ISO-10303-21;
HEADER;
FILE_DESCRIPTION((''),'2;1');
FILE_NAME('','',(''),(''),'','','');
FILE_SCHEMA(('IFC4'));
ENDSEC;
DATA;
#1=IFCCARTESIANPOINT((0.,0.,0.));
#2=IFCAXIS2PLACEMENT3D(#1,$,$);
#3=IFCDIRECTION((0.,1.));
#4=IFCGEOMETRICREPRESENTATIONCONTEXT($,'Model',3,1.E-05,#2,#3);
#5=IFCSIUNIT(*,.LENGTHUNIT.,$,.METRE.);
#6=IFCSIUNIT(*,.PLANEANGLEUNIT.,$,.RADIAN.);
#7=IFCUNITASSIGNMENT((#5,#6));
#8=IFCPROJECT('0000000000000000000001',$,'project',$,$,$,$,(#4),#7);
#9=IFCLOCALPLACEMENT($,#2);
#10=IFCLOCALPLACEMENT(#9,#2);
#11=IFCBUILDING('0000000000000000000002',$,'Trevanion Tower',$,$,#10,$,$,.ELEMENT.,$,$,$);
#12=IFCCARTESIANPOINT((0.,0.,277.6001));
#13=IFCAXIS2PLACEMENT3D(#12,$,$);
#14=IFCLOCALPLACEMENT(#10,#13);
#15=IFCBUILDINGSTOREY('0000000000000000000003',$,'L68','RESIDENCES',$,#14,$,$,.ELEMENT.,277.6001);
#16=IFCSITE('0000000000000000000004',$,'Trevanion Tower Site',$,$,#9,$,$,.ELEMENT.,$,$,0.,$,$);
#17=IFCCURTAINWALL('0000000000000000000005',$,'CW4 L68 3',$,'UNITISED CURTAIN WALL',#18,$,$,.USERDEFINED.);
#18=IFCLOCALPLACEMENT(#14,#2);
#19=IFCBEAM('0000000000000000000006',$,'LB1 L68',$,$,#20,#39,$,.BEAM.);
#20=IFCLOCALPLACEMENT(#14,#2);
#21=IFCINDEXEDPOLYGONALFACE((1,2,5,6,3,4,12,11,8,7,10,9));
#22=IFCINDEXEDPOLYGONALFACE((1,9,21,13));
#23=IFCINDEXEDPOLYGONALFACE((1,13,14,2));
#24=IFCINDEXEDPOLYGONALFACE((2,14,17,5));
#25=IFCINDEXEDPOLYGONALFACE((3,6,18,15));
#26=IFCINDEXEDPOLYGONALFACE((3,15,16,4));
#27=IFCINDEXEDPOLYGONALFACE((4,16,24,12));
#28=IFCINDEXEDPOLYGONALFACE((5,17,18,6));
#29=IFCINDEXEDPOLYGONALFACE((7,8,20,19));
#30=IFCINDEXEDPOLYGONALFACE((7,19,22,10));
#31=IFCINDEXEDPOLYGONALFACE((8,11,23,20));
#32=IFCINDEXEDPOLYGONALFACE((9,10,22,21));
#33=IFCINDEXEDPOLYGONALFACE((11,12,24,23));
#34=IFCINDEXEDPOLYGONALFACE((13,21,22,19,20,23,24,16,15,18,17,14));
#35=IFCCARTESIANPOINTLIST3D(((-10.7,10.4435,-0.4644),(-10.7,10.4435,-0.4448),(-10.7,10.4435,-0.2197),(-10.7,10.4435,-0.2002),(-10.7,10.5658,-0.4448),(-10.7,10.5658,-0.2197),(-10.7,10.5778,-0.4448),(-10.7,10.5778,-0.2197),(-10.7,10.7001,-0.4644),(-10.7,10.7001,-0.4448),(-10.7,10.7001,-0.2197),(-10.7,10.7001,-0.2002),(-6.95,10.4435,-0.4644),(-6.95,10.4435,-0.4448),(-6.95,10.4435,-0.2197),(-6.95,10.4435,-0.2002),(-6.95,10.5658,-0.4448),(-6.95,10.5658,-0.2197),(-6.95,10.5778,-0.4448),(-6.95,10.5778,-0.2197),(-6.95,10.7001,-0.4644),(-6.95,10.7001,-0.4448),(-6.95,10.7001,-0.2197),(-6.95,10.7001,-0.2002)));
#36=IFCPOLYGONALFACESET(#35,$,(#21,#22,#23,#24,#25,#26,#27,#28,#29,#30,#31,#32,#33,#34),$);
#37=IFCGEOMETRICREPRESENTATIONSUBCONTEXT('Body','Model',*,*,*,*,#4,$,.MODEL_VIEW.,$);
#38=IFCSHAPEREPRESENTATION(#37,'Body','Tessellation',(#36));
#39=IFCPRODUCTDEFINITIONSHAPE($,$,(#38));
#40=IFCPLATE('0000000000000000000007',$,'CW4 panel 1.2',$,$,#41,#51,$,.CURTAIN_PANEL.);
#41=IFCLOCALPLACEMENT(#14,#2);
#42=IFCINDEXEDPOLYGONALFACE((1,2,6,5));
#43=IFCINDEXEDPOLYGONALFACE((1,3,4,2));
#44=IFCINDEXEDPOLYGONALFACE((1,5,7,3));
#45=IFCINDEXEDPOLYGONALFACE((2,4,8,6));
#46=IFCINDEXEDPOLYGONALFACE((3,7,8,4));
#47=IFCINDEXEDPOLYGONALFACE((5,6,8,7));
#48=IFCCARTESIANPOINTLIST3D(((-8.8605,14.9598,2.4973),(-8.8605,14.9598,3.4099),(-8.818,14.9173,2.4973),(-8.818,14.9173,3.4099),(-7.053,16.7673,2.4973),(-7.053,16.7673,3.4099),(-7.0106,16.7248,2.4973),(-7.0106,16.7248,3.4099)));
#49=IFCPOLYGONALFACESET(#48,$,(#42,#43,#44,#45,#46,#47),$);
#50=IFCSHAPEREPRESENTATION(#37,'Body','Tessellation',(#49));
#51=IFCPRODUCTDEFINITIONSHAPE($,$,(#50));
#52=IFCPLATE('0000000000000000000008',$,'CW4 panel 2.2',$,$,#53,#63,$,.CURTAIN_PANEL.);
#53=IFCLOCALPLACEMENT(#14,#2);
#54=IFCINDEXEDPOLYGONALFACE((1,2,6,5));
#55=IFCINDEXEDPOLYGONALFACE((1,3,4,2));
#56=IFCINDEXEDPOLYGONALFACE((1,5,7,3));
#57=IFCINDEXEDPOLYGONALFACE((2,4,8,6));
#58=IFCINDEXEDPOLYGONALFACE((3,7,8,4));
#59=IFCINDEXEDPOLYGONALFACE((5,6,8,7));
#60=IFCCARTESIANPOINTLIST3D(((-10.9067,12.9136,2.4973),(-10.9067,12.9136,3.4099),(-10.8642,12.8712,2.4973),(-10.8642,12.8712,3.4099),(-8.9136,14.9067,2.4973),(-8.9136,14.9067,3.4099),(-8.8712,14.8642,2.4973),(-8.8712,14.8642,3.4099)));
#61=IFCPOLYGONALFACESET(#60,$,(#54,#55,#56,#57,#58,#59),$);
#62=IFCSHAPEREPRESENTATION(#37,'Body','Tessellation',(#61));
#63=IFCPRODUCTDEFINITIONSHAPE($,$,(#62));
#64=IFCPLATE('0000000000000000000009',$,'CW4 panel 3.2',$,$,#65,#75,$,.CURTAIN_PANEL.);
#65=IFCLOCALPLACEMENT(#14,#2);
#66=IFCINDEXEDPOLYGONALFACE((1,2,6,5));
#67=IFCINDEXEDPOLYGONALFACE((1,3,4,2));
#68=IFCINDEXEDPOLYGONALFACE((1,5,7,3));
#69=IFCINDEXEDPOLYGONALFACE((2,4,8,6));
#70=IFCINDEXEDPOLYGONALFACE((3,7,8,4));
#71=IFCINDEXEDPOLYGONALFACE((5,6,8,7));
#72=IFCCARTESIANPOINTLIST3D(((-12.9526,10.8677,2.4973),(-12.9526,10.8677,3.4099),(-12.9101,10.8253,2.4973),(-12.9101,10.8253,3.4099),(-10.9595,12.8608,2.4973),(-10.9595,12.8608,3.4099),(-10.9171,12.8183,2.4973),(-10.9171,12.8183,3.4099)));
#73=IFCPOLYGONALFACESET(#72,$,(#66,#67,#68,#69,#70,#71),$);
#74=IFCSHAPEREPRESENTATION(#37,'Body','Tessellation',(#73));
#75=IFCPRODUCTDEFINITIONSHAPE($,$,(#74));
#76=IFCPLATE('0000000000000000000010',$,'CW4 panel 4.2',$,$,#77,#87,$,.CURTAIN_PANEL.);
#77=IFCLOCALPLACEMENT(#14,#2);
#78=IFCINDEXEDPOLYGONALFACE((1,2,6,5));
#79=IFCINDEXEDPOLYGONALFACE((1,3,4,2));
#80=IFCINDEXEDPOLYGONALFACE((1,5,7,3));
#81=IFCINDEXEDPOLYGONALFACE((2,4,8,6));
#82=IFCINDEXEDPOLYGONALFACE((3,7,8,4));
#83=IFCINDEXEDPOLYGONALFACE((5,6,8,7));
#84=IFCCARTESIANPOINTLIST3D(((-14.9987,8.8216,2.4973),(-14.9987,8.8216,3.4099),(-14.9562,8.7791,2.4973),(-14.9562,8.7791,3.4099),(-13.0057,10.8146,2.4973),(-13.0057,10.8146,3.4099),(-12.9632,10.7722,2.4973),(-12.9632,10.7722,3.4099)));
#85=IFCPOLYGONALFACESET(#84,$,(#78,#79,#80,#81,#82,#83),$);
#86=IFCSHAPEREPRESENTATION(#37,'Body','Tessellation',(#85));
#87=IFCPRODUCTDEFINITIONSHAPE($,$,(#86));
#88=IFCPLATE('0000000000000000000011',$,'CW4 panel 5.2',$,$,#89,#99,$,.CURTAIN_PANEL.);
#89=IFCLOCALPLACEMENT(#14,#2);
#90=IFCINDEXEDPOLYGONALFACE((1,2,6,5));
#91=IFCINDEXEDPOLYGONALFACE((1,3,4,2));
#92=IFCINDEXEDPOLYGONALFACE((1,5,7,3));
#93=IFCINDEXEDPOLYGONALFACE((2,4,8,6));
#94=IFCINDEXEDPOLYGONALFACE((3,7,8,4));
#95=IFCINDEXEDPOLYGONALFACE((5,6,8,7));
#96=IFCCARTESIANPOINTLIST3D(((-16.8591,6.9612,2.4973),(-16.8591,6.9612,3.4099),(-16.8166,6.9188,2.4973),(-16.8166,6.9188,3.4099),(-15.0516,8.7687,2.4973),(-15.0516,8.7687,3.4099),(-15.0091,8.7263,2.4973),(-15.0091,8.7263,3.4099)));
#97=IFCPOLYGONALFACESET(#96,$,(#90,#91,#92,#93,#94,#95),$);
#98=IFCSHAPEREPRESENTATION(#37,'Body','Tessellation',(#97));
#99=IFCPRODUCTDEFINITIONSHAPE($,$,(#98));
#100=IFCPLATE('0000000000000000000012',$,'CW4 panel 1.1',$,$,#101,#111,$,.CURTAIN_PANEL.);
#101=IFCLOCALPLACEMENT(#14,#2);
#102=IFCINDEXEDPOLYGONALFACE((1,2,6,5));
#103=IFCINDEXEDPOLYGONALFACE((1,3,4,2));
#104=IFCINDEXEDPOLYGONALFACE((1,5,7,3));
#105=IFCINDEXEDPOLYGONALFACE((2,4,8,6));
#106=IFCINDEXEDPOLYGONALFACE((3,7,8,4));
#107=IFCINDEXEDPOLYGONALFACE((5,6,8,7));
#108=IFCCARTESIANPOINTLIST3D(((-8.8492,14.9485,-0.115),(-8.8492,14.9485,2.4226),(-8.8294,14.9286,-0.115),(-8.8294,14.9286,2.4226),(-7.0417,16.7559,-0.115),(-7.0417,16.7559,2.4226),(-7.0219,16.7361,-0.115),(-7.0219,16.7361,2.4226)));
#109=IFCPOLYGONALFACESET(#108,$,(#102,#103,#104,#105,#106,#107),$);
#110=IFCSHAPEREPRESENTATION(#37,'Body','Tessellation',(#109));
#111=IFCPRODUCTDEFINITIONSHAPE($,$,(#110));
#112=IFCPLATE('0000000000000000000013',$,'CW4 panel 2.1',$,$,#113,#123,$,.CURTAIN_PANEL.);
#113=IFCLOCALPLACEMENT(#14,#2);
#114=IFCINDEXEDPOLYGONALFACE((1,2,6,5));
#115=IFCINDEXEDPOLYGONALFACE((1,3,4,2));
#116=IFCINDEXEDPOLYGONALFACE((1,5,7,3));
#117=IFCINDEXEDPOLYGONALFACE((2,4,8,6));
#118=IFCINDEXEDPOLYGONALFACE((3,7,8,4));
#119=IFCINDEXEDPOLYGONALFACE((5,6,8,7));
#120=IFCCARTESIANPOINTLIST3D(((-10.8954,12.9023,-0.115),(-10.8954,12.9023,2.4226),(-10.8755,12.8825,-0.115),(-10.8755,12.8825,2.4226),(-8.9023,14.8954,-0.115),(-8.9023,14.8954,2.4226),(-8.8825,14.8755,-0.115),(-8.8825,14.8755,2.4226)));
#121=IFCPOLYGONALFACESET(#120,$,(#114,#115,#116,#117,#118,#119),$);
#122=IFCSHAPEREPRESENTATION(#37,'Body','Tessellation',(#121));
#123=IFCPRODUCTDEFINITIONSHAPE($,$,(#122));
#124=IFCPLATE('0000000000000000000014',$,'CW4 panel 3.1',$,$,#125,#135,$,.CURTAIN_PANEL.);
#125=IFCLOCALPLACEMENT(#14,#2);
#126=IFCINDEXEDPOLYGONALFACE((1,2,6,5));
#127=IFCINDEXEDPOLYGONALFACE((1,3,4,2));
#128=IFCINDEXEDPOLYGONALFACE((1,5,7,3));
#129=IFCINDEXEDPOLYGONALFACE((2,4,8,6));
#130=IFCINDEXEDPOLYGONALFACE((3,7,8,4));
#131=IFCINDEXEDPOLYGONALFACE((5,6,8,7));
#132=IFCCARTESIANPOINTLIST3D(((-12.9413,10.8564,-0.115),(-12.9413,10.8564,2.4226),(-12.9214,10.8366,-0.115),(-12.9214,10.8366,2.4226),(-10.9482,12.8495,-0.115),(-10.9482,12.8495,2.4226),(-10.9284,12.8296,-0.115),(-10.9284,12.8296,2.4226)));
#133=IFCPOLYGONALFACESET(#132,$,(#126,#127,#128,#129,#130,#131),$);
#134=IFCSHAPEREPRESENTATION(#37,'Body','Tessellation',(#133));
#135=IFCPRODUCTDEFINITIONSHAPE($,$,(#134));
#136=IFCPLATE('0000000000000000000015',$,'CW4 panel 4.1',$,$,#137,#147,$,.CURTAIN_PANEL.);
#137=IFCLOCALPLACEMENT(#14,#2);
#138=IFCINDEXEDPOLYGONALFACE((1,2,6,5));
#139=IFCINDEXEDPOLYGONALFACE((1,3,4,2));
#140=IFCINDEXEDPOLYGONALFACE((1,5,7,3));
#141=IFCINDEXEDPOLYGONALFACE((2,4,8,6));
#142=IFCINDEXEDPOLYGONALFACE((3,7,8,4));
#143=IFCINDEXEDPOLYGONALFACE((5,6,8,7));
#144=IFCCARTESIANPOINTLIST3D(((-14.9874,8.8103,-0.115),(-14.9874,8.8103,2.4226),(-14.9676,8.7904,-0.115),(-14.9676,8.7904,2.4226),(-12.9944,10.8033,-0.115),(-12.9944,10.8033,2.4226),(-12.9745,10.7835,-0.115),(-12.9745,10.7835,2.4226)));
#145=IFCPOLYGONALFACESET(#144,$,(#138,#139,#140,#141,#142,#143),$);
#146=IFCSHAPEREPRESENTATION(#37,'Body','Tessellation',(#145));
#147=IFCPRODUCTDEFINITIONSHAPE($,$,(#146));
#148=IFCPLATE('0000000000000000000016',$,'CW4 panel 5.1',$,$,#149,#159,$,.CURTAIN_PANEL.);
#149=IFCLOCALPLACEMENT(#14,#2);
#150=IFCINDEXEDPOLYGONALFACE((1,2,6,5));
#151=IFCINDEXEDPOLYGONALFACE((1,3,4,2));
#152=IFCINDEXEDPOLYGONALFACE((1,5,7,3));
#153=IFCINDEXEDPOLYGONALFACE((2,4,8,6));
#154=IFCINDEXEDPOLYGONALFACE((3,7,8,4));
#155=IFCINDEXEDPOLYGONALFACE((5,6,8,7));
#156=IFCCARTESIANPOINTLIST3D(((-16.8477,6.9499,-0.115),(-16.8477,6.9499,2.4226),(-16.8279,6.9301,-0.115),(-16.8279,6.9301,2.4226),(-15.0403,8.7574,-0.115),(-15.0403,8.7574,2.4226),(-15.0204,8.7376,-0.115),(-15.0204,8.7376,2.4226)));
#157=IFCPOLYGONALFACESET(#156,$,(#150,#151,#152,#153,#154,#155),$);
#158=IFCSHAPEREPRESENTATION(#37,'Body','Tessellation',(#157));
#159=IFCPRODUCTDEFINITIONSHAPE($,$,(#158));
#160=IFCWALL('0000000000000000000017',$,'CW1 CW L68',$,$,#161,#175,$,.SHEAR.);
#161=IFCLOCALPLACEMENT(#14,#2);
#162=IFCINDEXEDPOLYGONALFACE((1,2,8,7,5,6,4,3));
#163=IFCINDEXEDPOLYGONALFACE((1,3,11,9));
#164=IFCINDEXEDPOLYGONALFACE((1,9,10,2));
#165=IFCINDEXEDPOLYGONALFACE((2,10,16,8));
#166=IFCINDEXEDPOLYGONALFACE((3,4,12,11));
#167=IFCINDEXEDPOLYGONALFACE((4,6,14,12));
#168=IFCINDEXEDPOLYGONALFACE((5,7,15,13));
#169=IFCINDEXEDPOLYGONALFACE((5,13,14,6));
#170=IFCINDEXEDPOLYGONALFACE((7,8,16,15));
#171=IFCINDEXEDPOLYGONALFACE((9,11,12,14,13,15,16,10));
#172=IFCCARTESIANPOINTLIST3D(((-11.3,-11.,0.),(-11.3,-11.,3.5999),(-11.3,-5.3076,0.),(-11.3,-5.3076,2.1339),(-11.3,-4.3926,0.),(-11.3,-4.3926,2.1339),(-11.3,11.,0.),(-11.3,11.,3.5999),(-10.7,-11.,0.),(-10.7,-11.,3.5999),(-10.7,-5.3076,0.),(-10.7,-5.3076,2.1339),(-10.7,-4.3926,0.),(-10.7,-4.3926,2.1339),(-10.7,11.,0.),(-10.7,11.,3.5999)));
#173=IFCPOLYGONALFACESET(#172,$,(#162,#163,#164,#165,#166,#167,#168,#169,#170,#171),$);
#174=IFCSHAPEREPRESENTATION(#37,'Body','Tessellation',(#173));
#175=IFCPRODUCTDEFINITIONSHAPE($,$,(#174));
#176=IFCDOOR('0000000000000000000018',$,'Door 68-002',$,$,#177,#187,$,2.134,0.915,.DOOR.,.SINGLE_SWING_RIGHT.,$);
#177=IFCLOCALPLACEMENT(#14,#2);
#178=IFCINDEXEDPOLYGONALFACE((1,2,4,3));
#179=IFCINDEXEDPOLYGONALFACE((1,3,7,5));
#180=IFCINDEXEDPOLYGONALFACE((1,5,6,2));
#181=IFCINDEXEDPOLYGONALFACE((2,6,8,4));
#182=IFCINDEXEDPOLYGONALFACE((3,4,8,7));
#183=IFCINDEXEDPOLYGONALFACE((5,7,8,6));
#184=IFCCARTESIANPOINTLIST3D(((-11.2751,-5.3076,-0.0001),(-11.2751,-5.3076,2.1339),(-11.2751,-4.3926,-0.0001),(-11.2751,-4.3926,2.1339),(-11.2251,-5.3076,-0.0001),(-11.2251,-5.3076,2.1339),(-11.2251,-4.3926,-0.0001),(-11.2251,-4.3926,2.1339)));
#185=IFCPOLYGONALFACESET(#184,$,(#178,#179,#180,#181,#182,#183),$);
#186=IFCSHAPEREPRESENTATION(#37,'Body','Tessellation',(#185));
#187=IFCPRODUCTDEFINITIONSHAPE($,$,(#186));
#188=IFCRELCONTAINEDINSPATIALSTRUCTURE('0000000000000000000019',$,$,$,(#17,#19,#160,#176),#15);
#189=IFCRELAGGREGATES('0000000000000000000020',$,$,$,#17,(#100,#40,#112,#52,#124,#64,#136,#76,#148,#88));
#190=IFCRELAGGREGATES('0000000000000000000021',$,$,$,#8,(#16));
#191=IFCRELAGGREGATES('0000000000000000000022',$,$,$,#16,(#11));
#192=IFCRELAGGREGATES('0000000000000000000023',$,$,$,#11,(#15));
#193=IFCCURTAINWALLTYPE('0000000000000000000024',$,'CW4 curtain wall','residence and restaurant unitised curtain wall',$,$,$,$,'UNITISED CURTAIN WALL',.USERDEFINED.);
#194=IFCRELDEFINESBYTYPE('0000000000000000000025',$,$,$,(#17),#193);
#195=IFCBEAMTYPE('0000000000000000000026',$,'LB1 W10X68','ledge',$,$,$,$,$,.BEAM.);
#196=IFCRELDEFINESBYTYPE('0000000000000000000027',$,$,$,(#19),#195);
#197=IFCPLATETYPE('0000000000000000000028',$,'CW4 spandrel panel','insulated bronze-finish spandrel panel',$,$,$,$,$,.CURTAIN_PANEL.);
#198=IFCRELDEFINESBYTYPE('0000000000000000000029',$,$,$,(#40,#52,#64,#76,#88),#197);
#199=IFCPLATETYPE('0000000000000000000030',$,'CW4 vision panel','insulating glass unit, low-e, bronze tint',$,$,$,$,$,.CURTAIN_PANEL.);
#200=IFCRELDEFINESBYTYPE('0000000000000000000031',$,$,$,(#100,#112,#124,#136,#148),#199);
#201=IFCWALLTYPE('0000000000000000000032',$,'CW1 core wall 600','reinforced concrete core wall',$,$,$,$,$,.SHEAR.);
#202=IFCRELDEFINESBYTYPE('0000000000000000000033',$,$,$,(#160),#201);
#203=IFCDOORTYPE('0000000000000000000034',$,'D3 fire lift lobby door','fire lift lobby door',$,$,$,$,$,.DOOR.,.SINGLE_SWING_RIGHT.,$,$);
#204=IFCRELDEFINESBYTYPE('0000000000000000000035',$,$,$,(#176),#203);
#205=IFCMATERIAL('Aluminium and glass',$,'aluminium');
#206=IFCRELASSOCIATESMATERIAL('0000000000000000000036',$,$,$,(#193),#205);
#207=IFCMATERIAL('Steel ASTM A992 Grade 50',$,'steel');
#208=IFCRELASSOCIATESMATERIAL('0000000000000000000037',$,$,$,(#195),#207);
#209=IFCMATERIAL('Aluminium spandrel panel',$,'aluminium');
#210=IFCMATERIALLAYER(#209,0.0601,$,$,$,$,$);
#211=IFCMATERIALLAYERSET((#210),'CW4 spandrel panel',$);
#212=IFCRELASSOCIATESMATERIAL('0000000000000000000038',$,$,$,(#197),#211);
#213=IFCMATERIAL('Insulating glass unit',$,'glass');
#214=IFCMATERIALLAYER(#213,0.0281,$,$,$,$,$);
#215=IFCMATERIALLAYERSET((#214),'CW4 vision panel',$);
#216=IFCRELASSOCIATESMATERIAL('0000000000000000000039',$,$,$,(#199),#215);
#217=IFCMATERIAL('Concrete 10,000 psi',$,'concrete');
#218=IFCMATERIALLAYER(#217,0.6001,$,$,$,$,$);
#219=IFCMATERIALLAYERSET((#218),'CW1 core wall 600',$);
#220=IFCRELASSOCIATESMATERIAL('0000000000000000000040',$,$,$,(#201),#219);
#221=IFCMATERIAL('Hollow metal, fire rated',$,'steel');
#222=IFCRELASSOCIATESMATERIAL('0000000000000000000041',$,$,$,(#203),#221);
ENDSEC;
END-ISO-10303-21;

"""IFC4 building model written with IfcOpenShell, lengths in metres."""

from ifc_helpers import new_model, si_unit, direction, frame, frame_2d, origin, origin_2d, place, context, subcontext, project, spatial, rectangle, i_section, extrude, material, layer, layer_set, material_profile, profile_set, type_object, element, fill, aggregate, save


model = new_model("IFC4")

# Units and contexts
model_context = context("Model", 3, precision=1e-05, world=origin(), true_north=direction((0.0, 1.0)))
body_context = subcontext(model_context, "Body", "Model", "MODEL_VIEW")
ifc_project = project(units=[si_unit("LENGTHUNIT", "METRE"), si_unit("PLANEANGLEUNIT", "RADIAN")], contexts=[model_context])

# Site, building, storey
site_placement = place(None, origin())
site = spatial("IfcSite", under=ifc_project, at=site_placement, Name="Trevanion Tower Site", CompositionType="ELEMENT", RefElevation=0.0)
building_placement = place(site_placement, origin())
building = spatial("IfcBuilding", under=site, at=building_placement, Name="Trevanion Tower", CompositionType="ELEMENT")
storey_placement = place(building_placement, frame((0.0, 0.0, 277.6001)))
storey = spatial("IfcBuildingStorey", under=building, at=storey_placement, Name="L68", Description="RESIDENCES", CompositionType="ELEMENT", Elevation=277.6001)

# Curtain wall
ifc_material_1 = material(Name="Aluminium and glass", Category="aluminium")
curtain_wall_type = type_object("IfcCurtainWallType", Name="CW4 curtain wall", Description="residence and restaurant unitised curtain wall", ElementType="UNITISED CURTAIN WALL", PredefinedType="USERDEFINED", material=ifc_material_1)
curtain_wall_placement = place(storey_placement, origin())
curtain_wall = element("IfcCurtainWall", 1, at=curtain_wall_placement, inside=storey, type_object=curtain_wall_type, Name="CW4 L68 3", ObjectType="UNITISED CURTAIN WALL", PredefinedType="USERDEFINED")

# Beam
ifc_material_2 = material(Name="Steel ASTM A992 Grade 50", Category="steel")
ifc_material_profile_1 = material_profile(ifc_material_2, i_section(OverallWidth=0.2566, OverallDepth=0.2642, WebThickness=0.012, FlangeThickness=0.0195, at=origin_2d()), Name="W10X68")
ifc_profile_set_1 = profile_set([ifc_material_profile_1], Name="Steel ASTM A992 Grade 50")
beam_type = type_object("IfcBeamType", Name="LB1 W10X68", Description="ledge", PredefinedType="BEAM", material=ifc_profile_set_1)
beam_placement = place(storey_placement, frame((-10.7, 10.5718, -0.3323), z_axis=(1.0, 0.0, 0.0), x_axis=(0.0, 1.0, 0.0)))
element("IfcBeam", 2, at=beam_placement, inside=storey, type_object=beam_type, Name="LB1 L68", PredefinedType="BEAM", context=body_context, shape_type="SweptSolid", body=[
    extrude(i_section(OverallWidth=0.2566, OverallDepth=0.2642, WebThickness=0.012, FlangeThickness=0.0195, at=origin_2d()), origin(), (0.0, 0.0, 1.0), 3.75),
])

# Plates
ifc_material_3 = material(Name="Aluminium spandrel panel", Category="aluminium")
ifc_layer_1 = layer(ifc_material_3, 0.0601)
ifc_layer_set_1 = layer_set([ifc_layer_1], Name="CW4 spandrel panel")
plate_type_1 = type_object("IfcPlateType", Name="CW4 spandrel panel", Description="insulated bronze-finish spandrel panel", PredefinedType="CURTAIN_PANEL", material=ifc_layer_set_1)
plate_1_placement = place(storey_placement, frame((-7.9355, 15.8423, 2.4973), z_axis=(0.0, 0.0, 1.0), x_axis=(-0.707107, -0.707107, 0.0)))
plate_1 = element("IfcPlate", 3, at=plate_1_placement, type_object=plate_type_1, Name="CW4 panel 1.2", PredefinedType="CURTAIN_PANEL", context=body_context, shape_type="SweptSolid", body=[
    extrude(rectangle(XDim=2.5562, YDim=0.0601, at=origin_2d()), origin(), (0.0, 0.0, 1.0), 0.9126),
])
plate_2_placement = place(storey_placement, frame((-9.8889, 13.8889, 2.4973), z_axis=(0.0, 0.0, 1.0), x_axis=(-0.707107, -0.707107, 0.0)))
plate_2 = element("IfcPlate", 4, at=plate_2_placement, type_object=plate_type_1, Name="CW4 panel 2.2", PredefinedType="CURTAIN_PANEL", context=body_context, shape_type="SweptSolid", body=[
    extrude(rectangle(XDim=2.8186, YDim=0.0601, at=origin_2d()), origin(), (0.0, 0.0, 1.0), 0.9126),
])
plate_3_placement = place(storey_placement, frame((-11.9348, 11.843, 2.4973), z_axis=(0.0, 0.0, 1.0), x_axis=(-0.707107, -0.707107, 0.0)))
plate_3 = element("IfcPlate", 5, at=plate_3_placement, type_object=plate_type_1, Name="CW4 panel 3.2", PredefinedType="CURTAIN_PANEL", context=body_context, shape_type="SweptSolid", body=[
    extrude(rectangle(XDim=2.8186, YDim=0.0601, at=origin_2d()), origin(), (0.0, 0.0, 1.0), 0.9126),
])
plate_4_placement = place(storey_placement, frame((-13.981, 9.7969, 2.4973), z_axis=(0.0, 0.0, 1.0), x_axis=(-0.707107, -0.707107, 0.0)))
plate_4 = element("IfcPlate", 6, at=plate_4_placement, type_object=plate_type_1, Name="CW4 panel 4.2", PredefinedType="CURTAIN_PANEL", context=body_context, shape_type="SweptSolid", body=[
    extrude(rectangle(XDim=2.8186, YDim=0.0601, at=origin_2d()), origin(), (0.0, 0.0, 1.0), 0.9126),
])
plate_5_placement = place(storey_placement, frame((-15.9341, 7.8438, 2.4973), z_axis=(0.0, 0.0, 1.0), x_axis=(-0.707107, -0.707107, 0.0)))
plate_5 = element("IfcPlate", 7, at=plate_5_placement, type_object=plate_type_1, Name="CW4 panel 5.2", PredefinedType="CURTAIN_PANEL", context=body_context, shape_type="SweptSolid", body=[
    extrude(rectangle(XDim=2.5562, YDim=0.0601, at=origin_2d()), origin(), (0.0, 0.0, 1.0), 0.9126),
])
ifc_material_4 = material(Name="Insulating glass unit", Category="glass")
ifc_layer_2 = layer(ifc_material_4, 0.0281)
ifc_layer_set_2 = layer_set([ifc_layer_2], Name="CW4 vision panel")
plate_type_2 = type_object("IfcPlateType", Name="CW4 vision panel", Description="insulating glass unit, low-e, bronze tint", PredefinedType="CURTAIN_PANEL", material=ifc_layer_set_2)
plate_6_placement = place(storey_placement, frame((-7.9355, 15.8423, -0.115), z_axis=(0.0, 0.0, 1.0), x_axis=(-0.707107, -0.707107, 0.0)))
plate_6 = element("IfcPlate", 8, at=plate_6_placement, type_object=plate_type_2, Name="CW4 panel 1.1", PredefinedType="CURTAIN_PANEL", context=body_context, shape_type="SweptSolid", body=[
    extrude(rectangle(XDim=2.5562, YDim=0.0281, at=origin_2d()), origin(), (0.0, 0.0, 1.0), 2.5376),
])
plate_7_placement = place(storey_placement, frame((-9.8889, 13.8889, -0.115), z_axis=(0.0, 0.0, 1.0), x_axis=(-0.707107, -0.707107, 0.0)))
plate_7 = element("IfcPlate", 9, at=plate_7_placement, type_object=plate_type_2, Name="CW4 panel 2.1", PredefinedType="CURTAIN_PANEL", context=body_context, shape_type="SweptSolid", body=[
    extrude(rectangle(XDim=2.8186, YDim=0.0281, at=origin_2d()), origin(), (0.0, 0.0, 1.0), 2.5376),
])
plate_8_placement = place(storey_placement, frame((-11.9348, 11.843, -0.115), z_axis=(0.0, 0.0, 1.0), x_axis=(-0.707107, -0.707107, 0.0)))
plate_8 = element("IfcPlate", 10, at=plate_8_placement, type_object=plate_type_2, Name="CW4 panel 3.1", PredefinedType="CURTAIN_PANEL", context=body_context, shape_type="SweptSolid", body=[
    extrude(rectangle(XDim=2.8186, YDim=0.0281, at=origin_2d()), origin(), (0.0, 0.0, 1.0), 2.5376),
])
plate_9_placement = place(storey_placement, frame((-13.981, 9.7969, -0.115), z_axis=(0.0, 0.0, 1.0), x_axis=(-0.707107, -0.707107, 0.0)))
plate_9 = element("IfcPlate", 11, at=plate_9_placement, type_object=plate_type_2, Name="CW4 panel 4.1", PredefinedType="CURTAIN_PANEL", context=body_context, shape_type="SweptSolid", body=[
    extrude(rectangle(XDim=2.8186, YDim=0.0281, at=origin_2d()), origin(), (0.0, 0.0, 1.0), 2.5376),
])
plate_10_placement = place(storey_placement, frame((-15.9341, 7.8438, -0.115), z_axis=(0.0, 0.0, 1.0), x_axis=(-0.707107, -0.707107, 0.0)))
plate_10 = element("IfcPlate", 12, at=plate_10_placement, type_object=plate_type_2, Name="CW4 panel 5.1", PredefinedType="CURTAIN_PANEL", context=body_context, shape_type="SweptSolid", body=[
    extrude(rectangle(XDim=2.5562, YDim=0.0281, at=origin_2d()), origin(), (0.0, 0.0, 1.0), 2.5376),
])
aggregate(curtain_wall, [plate_6, plate_1, plate_7, plate_2, plate_8, plate_3, plate_9, plate_4, plate_10, plate_5])

# Wall, opening, door
ifc_material_5 = material(Name="Concrete 10,000 psi", Category="concrete")
ifc_layer_3 = layer(ifc_material_5, 0.6001)
ifc_layer_set_3 = layer_set([ifc_layer_3], Name="CW1 core wall 600")
wall_type_1 = type_object("IfcWallType", Name="CW1 core wall 600", Description="reinforced concrete core wall", PredefinedType="SHEAR", material=ifc_layer_set_3)
wall_1_placement = place(storey_placement, frame((-11.0, 11.0, 0.0), z_axis=(0.0, 0.0, 1.0), x_axis=(0.0, -1.0, 0.0)))
wall_1 = element("IfcWall", 13, at=wall_1_placement, inside=storey, type_object=wall_type_1, Name="CW1 CW L68", PredefinedType="SHEAR", context=body_context, shape_type="SweptSolid", body=[
    extrude(rectangle(XDim=22.0, YDim=0.6001, at=frame_2d((11.0, 0.0))), origin(), (0.0, 0.0, 1.0), 3.5999),
])
opening_placement = place(wall_1_placement, frame((15.3926, 0.0, 0.0)))
opening = element("IfcOpeningElement", 14, at=opening_placement, cuts=wall_1, PredefinedType="OPENING", context=body_context, shape_type="SweptSolid", body=[
    extrude(rectangle(XDim=0.915, YDim=2.134, at=frame_2d((0.4575, 1.0669))), frame((0.0, 0.3101, 0.0), z_axis=(0.0, -1.0, 0.0), x_axis=(1.0, 0.0, 0.0)), (0.0, 0.0, 1.0), 0.6201),
])
ifc_material_6 = material(Name="Hollow metal, fire rated", Category="steel")
door_type = type_object("IfcDoorType", Name="D3 fire lift lobby door", Description="fire lift lobby door", OperationType="SINGLE_SWING_RIGHT", PredefinedType="DOOR", material=ifc_material_6)
door_placement = place(opening_placement, origin())
door = element("IfcDoor", 15, at=door_placement, inside=storey, type_object=door_type, Name="Door 68-002", OperationType="SINGLE_SWING_RIGHT", OverallHeight=2.134, OverallWidth=0.915, PredefinedType="DOOR", context=body_context, shape_type="SweptSolid", body=[
    extrude(rectangle(XDim=0.915, YDim=2.134, at=frame_2d((0.4575, 1.0669))), frame((0.0, -0.2251, 0.0), z_axis=(0.0, -1.0, 0.0), x_axis=(1.0, 0.0, 0.0)), (0.0, 0.0, 1.0), 0.05),
])
fill(opening, door)

save(model, "model.ifc")
